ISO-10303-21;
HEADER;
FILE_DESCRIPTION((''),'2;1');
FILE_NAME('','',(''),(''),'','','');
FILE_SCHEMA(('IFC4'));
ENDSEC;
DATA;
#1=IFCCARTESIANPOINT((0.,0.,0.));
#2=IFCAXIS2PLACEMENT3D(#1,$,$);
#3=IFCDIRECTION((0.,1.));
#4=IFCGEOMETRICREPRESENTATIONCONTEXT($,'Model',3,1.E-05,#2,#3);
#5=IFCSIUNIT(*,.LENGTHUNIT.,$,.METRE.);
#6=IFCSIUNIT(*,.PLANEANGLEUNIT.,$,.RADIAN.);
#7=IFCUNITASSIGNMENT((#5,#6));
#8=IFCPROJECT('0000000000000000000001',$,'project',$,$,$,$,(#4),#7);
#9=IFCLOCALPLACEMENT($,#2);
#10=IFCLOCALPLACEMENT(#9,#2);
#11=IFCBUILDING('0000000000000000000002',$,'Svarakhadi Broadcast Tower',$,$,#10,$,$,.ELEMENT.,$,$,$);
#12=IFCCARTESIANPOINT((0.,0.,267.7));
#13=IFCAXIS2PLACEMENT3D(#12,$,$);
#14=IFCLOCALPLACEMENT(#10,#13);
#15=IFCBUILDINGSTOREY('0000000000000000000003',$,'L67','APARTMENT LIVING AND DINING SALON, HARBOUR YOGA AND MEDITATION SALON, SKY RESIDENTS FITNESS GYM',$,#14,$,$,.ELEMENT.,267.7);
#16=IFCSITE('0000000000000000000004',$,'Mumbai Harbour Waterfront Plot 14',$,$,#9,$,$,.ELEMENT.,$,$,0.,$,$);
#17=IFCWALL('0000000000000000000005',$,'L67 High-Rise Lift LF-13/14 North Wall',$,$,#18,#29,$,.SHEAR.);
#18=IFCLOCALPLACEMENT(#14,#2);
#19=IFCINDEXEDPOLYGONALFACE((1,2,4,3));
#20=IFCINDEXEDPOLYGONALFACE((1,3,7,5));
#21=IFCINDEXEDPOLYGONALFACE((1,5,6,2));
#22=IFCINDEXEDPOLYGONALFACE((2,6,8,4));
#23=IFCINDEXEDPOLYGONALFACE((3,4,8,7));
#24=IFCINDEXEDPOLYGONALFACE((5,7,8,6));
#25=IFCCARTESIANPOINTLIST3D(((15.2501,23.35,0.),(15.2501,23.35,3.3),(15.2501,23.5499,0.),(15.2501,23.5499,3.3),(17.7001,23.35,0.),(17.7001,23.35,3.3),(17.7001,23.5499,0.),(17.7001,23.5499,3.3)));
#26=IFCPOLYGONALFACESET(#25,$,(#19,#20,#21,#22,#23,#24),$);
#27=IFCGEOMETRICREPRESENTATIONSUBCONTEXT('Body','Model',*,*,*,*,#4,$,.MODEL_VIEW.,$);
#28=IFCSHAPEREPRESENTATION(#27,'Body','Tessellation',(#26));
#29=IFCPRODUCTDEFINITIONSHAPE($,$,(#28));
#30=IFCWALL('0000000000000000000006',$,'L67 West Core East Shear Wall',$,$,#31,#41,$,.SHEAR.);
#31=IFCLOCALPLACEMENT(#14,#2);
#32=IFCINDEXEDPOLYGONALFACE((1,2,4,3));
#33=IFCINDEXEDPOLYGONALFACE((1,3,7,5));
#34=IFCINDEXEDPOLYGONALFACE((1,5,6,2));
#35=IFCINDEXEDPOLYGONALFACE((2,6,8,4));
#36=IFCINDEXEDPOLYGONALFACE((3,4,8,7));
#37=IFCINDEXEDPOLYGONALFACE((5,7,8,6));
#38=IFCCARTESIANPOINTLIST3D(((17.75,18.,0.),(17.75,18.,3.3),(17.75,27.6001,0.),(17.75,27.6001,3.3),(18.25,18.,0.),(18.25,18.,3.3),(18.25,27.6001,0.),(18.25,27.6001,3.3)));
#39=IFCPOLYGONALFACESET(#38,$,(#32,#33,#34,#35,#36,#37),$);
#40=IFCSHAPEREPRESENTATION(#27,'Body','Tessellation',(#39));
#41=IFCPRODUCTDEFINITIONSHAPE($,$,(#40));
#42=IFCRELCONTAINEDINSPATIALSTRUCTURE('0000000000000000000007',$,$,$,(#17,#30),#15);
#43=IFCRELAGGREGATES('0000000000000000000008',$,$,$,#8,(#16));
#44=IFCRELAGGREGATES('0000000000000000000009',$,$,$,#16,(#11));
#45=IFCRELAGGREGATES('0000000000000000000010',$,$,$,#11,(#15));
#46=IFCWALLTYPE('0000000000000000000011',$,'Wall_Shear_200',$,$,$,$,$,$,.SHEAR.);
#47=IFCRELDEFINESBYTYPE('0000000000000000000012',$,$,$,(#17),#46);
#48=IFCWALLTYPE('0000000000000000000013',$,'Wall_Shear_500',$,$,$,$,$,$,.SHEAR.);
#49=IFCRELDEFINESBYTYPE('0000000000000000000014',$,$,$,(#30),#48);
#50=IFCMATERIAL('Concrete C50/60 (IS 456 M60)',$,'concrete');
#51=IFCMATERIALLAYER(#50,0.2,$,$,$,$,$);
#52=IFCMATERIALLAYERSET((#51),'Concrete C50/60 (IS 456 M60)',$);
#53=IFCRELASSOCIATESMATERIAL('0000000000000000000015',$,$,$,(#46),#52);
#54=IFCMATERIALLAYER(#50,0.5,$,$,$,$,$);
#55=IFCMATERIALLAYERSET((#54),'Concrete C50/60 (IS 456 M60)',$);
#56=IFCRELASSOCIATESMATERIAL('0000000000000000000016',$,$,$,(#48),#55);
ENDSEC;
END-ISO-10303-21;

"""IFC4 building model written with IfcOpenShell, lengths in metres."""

from ifc_helpers import new_model, si_unit, direction, frame, frame_2d, origin, place, context, subcontext, project, spatial, rectangle, extrude, material, layer, layer_set, type_object, element, save


model = new_model("IFC4")

# Units and contexts
model_context = context("Model", 3, precision=1e-05, world=origin(), true_north=direction((0.0, 1.0)))
body_context = subcontext(model_context, "Body", "Model", "MODEL_VIEW")
ifc_project = project(units=[si_unit("LENGTHUNIT", "METRE"), si_unit("PLANEANGLEUNIT", "RADIAN")], contexts=[model_context])

# Site, building, storey
site_placement = place(None, origin())
site = spatial("IfcSite", under=ifc_project, at=site_placement, Name="Mumbai Harbour Waterfront Plot 14", CompositionType="ELEMENT", RefElevation=0.0)
building_placement = place(site_placement, origin())
building = spatial("IfcBuilding", under=site, at=building_placement, Name="Svarakhadi Broadcast Tower", CompositionType="ELEMENT")
storey_placement = place(building_placement, frame((0.0, 0.0, 267.7)))
storey = spatial("IfcBuildingStorey", under=building, at=storey_placement, Name="L67", Description="APARTMENT LIVING AND DINING SALON, HARBOUR YOGA AND MEDITATION SALON, SKY RESIDENTS FITNESS GYM", CompositionType="ELEMENT", Elevation=267.7)

# Shared definitions
ifc_material_1 = material(Name="Concrete C50/60 (IS 456 M60)", Category="concrete")

# Shared definitions
ifc_layer_1 = layer(ifc_material_1, 0.2)
ifc_layer_set_1 = layer_set([ifc_layer_1], Name="Concrete C50/60 (IS 456 M60)")
wall_type_1 = type_object("IfcWallType", Name="Wall_Shear_200", PredefinedType="SHEAR", material=ifc_layer_set_1)

# Walls
wall_1_placement = place(storey_placement, frame((15.25, 23.45, 0.0), z_axis=(0.0, 0.0, 1.0), x_axis=(1.0, 0.0, 0.0)))
element("IfcWall", 1, at=wall_1_placement, inside=storey, type_object=wall_type_1, Name="L67 High-Rise Lift LF-13/14 North Wall", PredefinedType="SHEAR", context=body_context, shape_type="SweptSolid", body=[
    extrude(rectangle(XDim=2.45, YDim=0.2, at=frame_2d((1.2251, 0.0))), origin(), (0.0, 0.0, 1.0), 3.3),
])
ifc_layer_2 = layer(ifc_material_1, 0.5)
ifc_layer_set_2 = layer_set([ifc_layer_2], Name="Concrete C50/60 (IS 456 M60)")
wall_type_2 = type_object("IfcWallType", Name="Wall_Shear_500", PredefinedType="SHEAR", material=ifc_layer_set_2)
wall_2_placement = place(storey_placement, frame((18.0, 18.0, 0.0), z_axis=(0.0, 0.0, 1.0), x_axis=(0.0, 1.0, 0.0)))
element("IfcWall", 2, at=wall_2_placement, inside=storey, type_object=wall_type_2, Name="L67 West Core East Shear Wall", PredefinedType="SHEAR", context=body_context, shape_type="SweptSolid", body=[
    extrude(rectangle(XDim=9.6001, YDim=0.5, at=frame_2d((4.8, 0.0))), origin(), (0.0, 0.0, 1.0), 3.3),
])

save(model, "model.ifc")
